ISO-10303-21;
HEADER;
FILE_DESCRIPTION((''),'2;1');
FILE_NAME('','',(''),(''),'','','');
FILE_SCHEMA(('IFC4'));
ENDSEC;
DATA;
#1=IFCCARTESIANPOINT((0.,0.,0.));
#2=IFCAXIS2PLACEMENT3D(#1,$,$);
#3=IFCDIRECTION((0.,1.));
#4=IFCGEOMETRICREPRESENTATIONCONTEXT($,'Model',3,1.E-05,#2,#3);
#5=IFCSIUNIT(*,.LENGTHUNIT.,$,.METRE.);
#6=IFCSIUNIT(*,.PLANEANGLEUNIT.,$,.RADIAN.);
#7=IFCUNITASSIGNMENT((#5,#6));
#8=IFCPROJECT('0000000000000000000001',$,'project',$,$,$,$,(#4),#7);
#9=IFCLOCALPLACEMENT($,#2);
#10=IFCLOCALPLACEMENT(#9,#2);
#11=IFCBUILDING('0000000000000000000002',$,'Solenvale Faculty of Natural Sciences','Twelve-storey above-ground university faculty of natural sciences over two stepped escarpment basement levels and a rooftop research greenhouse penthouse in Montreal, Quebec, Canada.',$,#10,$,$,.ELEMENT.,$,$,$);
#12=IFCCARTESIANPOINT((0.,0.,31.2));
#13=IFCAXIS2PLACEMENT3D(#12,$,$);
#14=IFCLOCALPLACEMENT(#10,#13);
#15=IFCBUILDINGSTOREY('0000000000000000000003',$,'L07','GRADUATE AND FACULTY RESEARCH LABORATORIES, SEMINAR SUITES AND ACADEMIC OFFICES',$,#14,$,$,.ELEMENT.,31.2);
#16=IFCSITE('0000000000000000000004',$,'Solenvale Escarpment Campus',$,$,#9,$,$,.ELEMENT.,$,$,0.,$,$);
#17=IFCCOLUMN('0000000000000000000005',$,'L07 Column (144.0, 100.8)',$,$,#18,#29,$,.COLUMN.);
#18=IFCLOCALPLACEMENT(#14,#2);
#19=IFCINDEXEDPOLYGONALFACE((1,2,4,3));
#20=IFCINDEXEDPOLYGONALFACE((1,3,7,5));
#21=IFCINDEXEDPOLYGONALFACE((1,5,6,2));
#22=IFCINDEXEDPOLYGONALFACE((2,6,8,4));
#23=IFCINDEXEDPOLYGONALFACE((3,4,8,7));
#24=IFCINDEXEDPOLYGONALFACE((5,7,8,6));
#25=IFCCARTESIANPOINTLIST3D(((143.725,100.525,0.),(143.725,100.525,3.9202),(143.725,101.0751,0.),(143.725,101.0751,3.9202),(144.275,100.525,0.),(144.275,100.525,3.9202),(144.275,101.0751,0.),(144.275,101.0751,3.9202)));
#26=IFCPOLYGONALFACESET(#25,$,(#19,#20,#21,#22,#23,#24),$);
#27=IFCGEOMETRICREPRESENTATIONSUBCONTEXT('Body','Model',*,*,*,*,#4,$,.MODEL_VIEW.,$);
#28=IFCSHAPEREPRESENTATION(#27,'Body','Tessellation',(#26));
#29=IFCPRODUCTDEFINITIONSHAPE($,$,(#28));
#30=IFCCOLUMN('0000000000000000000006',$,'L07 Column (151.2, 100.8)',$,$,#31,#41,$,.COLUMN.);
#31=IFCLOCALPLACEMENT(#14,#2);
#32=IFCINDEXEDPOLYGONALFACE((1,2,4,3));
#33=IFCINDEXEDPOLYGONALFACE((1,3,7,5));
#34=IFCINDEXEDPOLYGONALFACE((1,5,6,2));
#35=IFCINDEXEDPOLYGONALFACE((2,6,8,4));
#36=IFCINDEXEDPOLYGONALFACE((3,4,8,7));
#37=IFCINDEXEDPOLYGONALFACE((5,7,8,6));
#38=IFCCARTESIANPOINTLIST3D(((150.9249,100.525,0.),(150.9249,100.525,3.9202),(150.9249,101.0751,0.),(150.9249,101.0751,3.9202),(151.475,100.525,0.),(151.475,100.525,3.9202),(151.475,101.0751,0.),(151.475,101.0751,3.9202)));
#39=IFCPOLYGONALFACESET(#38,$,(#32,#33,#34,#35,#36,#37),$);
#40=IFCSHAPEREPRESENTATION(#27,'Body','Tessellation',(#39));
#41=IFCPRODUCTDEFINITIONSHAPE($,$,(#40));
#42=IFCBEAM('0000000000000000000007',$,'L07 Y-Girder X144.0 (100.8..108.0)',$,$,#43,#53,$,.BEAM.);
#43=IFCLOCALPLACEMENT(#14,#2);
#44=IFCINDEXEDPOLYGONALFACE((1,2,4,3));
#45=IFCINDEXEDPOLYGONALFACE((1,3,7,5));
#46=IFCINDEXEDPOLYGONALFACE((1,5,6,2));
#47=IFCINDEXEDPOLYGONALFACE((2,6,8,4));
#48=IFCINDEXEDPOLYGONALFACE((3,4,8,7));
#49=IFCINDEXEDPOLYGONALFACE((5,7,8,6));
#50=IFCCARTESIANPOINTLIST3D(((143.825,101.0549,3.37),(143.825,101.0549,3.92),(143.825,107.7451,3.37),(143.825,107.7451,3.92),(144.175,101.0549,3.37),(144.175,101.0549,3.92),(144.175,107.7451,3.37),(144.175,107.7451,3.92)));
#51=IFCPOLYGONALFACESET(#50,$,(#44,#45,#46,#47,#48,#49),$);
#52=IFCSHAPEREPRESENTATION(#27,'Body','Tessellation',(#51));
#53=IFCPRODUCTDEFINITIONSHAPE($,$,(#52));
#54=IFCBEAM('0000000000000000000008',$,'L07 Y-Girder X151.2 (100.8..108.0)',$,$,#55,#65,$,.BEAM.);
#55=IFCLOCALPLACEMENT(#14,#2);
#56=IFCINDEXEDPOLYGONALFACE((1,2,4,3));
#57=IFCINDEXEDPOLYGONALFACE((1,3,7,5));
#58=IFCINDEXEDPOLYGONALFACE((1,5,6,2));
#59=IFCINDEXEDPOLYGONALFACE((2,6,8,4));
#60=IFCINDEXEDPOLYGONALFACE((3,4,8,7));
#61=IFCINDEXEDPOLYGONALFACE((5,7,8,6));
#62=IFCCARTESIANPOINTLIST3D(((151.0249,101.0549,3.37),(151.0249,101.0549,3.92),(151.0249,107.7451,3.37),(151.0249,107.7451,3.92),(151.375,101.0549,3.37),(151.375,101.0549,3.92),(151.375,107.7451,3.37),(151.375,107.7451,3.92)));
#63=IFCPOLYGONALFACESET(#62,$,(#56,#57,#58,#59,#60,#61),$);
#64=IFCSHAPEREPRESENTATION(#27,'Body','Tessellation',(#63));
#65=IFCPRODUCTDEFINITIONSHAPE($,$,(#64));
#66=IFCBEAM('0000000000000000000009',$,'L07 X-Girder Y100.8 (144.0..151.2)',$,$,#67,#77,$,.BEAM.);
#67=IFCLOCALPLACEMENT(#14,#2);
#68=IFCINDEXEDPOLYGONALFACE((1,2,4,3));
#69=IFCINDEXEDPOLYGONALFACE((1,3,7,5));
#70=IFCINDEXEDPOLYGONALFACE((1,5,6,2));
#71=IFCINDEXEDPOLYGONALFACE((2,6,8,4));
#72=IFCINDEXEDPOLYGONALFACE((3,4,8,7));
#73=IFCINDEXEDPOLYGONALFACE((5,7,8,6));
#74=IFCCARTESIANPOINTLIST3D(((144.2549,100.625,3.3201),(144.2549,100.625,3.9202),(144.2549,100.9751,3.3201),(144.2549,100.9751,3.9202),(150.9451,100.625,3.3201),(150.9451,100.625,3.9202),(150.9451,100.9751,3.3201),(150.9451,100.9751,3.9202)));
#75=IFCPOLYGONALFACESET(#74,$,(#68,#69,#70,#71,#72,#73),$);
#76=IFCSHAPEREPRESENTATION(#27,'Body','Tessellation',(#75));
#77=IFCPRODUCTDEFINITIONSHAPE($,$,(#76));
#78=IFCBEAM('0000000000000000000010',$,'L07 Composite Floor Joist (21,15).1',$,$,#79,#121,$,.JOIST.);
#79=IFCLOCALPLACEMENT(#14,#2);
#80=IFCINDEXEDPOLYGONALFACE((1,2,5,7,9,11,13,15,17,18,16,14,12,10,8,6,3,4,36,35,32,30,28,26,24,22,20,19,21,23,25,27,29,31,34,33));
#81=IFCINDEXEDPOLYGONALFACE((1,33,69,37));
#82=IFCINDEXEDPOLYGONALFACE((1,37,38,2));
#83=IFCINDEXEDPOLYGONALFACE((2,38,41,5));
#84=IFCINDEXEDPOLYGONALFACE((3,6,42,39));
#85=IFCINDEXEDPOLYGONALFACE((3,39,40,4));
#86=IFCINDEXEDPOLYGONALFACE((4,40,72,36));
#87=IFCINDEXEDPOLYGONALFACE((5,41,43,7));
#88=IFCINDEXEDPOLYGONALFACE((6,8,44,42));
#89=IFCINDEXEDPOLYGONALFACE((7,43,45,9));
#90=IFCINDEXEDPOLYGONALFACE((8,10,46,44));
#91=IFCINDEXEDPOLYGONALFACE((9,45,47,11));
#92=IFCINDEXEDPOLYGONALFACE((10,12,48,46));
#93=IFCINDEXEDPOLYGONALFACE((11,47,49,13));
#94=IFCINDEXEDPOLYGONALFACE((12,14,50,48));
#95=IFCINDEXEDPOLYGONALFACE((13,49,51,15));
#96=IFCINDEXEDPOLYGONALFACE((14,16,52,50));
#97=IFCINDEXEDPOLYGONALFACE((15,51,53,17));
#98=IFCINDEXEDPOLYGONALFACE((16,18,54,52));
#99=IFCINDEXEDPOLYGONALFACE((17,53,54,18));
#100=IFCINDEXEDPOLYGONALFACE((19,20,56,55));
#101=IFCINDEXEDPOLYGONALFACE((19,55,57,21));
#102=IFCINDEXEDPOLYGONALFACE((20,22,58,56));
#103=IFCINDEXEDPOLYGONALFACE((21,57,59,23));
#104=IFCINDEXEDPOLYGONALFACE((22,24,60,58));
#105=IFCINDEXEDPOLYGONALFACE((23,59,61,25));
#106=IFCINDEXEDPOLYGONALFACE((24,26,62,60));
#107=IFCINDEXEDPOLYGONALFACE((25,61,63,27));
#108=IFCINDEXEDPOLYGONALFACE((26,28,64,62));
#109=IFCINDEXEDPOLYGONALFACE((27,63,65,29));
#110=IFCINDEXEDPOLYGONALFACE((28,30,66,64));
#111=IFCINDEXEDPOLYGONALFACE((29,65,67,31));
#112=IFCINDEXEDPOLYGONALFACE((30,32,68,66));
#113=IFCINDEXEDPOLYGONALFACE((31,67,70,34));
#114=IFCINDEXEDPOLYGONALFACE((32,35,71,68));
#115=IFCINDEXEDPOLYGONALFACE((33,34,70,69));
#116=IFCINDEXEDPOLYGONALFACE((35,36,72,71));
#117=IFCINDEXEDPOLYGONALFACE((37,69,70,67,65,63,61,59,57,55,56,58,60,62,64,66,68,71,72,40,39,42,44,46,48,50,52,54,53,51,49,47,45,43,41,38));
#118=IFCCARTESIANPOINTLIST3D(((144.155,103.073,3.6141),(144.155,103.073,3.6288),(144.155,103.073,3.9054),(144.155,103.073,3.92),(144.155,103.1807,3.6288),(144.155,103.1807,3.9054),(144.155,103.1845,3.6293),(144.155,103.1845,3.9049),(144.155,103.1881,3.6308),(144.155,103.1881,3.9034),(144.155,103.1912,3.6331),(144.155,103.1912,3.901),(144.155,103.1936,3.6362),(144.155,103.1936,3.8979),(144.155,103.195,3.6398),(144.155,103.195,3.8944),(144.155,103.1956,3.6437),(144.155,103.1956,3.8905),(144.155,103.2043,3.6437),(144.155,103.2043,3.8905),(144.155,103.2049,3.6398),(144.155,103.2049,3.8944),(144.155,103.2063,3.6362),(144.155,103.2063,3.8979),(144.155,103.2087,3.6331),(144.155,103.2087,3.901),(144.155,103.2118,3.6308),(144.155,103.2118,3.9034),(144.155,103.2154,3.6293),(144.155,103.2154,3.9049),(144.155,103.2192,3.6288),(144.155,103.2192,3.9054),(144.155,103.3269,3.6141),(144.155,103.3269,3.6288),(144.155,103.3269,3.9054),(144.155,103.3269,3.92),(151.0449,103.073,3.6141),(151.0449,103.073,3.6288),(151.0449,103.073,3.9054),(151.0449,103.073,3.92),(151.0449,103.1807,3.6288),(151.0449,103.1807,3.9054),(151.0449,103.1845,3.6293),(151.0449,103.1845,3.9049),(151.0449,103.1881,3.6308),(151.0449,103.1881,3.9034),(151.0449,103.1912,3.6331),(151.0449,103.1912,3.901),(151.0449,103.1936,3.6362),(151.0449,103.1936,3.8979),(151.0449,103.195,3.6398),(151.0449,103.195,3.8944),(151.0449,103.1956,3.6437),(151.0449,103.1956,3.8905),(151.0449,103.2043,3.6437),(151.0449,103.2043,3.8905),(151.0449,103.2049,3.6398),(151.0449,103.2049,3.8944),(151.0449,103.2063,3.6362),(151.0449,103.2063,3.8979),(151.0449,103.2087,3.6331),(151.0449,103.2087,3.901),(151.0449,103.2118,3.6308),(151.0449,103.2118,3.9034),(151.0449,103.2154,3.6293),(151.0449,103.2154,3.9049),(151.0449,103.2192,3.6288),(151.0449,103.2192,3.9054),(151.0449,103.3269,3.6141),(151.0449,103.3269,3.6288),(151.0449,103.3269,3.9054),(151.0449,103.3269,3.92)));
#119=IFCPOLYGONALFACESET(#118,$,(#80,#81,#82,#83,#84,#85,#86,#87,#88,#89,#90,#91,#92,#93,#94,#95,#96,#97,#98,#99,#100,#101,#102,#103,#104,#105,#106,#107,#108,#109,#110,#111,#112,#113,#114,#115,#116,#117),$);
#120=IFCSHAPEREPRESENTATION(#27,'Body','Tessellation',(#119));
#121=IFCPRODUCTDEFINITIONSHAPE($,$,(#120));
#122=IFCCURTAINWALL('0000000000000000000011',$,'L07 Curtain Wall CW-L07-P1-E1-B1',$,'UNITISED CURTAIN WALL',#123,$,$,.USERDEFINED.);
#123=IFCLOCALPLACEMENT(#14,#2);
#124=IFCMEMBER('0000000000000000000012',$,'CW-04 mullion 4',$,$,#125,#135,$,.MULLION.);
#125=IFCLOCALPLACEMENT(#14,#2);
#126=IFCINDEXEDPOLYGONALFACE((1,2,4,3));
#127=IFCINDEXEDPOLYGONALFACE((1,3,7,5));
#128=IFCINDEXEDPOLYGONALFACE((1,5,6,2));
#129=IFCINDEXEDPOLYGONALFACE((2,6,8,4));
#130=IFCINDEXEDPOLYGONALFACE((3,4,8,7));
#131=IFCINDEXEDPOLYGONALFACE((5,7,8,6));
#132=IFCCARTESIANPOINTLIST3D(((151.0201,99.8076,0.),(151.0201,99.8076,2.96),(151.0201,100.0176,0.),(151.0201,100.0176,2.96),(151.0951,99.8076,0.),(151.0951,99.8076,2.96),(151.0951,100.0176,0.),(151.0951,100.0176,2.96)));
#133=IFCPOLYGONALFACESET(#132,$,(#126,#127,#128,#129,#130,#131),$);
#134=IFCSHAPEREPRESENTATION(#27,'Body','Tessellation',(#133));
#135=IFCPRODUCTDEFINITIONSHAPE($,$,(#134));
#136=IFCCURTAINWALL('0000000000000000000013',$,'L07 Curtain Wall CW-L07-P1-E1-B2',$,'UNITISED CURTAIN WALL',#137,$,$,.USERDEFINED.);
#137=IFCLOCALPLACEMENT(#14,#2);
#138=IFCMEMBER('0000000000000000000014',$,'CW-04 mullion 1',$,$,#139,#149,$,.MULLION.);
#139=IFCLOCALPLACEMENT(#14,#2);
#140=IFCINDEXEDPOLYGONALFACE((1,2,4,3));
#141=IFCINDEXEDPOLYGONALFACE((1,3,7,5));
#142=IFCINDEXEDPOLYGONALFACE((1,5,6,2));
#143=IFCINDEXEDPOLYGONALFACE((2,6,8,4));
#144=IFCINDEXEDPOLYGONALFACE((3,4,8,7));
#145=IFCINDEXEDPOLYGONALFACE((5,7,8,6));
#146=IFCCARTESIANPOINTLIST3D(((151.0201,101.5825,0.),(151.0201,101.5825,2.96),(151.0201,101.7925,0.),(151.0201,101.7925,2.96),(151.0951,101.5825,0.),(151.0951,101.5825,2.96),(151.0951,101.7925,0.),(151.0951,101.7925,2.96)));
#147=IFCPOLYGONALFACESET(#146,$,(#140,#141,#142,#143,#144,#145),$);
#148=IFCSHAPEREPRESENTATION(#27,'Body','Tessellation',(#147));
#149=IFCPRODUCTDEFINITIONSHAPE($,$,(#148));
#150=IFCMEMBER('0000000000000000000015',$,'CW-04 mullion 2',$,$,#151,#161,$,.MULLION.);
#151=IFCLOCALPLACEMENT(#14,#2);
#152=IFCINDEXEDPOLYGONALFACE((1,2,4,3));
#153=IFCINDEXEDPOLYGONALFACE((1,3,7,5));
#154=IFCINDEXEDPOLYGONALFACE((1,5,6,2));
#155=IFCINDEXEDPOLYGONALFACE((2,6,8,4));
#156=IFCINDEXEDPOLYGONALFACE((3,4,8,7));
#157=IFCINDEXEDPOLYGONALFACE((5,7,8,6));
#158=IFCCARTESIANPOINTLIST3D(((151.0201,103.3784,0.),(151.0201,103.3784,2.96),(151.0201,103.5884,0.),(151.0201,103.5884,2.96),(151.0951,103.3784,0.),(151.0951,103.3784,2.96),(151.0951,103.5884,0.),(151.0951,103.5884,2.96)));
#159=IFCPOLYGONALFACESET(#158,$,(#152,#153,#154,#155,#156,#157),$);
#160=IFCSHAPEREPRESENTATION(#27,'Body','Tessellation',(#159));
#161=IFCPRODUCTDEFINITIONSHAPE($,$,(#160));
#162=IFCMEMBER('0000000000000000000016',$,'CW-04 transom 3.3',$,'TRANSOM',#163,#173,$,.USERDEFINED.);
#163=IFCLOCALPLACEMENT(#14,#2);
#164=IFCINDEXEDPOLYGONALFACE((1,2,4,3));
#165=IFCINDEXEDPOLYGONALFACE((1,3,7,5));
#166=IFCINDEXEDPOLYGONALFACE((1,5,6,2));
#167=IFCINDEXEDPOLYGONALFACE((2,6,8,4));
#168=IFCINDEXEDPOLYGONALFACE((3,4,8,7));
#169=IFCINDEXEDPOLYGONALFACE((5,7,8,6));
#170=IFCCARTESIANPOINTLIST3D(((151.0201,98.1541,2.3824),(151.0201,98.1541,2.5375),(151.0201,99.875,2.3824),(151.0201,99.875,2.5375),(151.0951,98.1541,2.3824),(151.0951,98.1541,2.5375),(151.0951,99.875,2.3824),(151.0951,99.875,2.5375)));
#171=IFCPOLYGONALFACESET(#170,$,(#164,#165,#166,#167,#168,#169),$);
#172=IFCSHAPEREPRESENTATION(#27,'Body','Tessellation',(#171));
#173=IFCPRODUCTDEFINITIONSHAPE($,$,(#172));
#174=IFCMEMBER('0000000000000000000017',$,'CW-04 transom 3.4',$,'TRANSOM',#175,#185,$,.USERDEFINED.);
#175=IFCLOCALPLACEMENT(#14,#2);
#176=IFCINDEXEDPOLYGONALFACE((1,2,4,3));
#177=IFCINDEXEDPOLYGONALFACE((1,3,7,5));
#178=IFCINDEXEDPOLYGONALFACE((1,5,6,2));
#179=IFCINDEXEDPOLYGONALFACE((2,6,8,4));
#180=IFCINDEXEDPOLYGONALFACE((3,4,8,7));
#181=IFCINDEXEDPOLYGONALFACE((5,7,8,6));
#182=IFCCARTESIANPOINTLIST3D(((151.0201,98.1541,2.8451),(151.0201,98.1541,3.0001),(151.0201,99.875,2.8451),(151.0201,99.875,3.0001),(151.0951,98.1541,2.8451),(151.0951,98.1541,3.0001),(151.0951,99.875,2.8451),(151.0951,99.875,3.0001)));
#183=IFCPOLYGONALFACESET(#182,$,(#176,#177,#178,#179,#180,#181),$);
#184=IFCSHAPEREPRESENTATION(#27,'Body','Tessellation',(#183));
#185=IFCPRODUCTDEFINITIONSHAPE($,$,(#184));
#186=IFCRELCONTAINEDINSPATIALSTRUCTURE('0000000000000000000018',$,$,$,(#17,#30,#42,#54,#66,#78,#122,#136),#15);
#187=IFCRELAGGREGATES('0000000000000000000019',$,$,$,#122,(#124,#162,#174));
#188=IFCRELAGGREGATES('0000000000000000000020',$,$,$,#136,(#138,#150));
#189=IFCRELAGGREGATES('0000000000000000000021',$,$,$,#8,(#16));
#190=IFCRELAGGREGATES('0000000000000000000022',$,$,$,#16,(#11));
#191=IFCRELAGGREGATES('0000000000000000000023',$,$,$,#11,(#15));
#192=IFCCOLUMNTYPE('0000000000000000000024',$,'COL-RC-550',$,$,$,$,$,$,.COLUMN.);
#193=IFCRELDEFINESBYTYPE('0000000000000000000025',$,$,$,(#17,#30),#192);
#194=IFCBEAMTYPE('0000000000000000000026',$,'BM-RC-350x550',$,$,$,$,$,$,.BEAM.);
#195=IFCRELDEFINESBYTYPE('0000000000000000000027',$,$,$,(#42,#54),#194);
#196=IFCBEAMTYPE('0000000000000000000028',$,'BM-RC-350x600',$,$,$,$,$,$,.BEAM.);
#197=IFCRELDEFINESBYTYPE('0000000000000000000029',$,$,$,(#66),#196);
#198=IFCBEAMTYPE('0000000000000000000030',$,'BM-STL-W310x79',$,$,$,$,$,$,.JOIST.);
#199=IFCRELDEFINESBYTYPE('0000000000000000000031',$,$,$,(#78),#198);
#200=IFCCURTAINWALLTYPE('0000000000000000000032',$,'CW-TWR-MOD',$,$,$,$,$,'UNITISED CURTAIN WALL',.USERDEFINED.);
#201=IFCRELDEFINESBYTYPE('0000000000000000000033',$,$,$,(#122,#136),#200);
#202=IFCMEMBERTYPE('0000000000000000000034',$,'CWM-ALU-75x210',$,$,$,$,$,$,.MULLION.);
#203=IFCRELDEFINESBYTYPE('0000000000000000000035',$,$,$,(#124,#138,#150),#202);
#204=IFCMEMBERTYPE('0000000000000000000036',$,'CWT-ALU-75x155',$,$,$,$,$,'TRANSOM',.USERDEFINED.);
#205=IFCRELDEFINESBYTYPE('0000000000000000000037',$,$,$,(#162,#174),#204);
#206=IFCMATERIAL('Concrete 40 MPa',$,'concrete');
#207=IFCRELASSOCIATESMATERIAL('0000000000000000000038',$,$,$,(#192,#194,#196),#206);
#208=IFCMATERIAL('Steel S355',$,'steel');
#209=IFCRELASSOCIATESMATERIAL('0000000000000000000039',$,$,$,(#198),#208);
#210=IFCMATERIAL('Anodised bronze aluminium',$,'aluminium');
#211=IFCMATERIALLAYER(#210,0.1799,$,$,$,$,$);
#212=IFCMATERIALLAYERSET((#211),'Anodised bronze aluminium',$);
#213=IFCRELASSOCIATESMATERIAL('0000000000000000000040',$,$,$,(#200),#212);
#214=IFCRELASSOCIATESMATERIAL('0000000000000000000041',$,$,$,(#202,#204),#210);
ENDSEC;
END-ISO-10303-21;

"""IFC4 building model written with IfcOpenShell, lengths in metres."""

from ifc_helpers import new_model, si_unit, direction, frame, origin, origin_2d, place, context, subcontext, project, spatial, rectangle, i_section, extrude, material, layer, layer_set, material_profile, profile_set, type_object, element, aggregate, save


model = new_model("IFC4")

# Units and contexts
model_context = context("Model", 3, precision=1e-05, world=origin(), true_north=direction((0.0, 1.0)))
body_context = subcontext(model_context, "Body", "Model", "MODEL_VIEW")
ifc_project = project(units=[si_unit("LENGTHUNIT", "METRE"), si_unit("PLANEANGLEUNIT", "RADIAN")], contexts=[model_context])

# Site, building, storey
site_placement = place(None, origin())
site = spatial("IfcSite", under=ifc_project, at=site_placement, Name="Solenvale Escarpment Campus", CompositionType="ELEMENT", RefElevation=0.0)
building_placement = place(site_placement, origin())
building = spatial("IfcBuilding", under=site, at=building_placement, Name="Solenvale Faculty of Natural Sciences", Description="Twelve-storey above-ground university faculty of natural sciences over two stepped escarpment basement levels and a rooftop research greenhouse penthouse in Montreal, Quebec, Canada.", CompositionType="ELEMENT")
storey_placement = place(building_placement, frame((0.0, 0.0, 31.2)))
storey = spatial("IfcBuildingStorey", under=building, at=storey_placement, Name="L07", Description="GRADUATE AND FACULTY RESEARCH LABORATORIES, SEMINAR SUITES AND ACADEMIC OFFICES", CompositionType="ELEMENT", Elevation=31.2)

# Columns
ifc_material_1 = material(Name="Concrete 40 MPa", Category="concrete")
ifc_material_profile_1 = material_profile(ifc_material_1, rectangle(XDim=0.55, YDim=0.55, at=origin_2d()), Name="RC-COL-550x550")
ifc_profile_set_1 = profile_set([ifc_material_profile_1], Name="Concrete 40 MPa")
column_type = type_object("IfcColumnType", Name="COL-RC-550", PredefinedType="COLUMN", material=ifc_profile_set_1)
for number, where, z_axis, x_axis, name in (
    (1, (144.0, 100.8, 0.0), (0.0, 0.0, 1.0), (1.0, 0.0, 0.0), "L07 Column (144.0, 100.8)"),
    (2, (151.2, 100.8, 0.0), (0.0, 0.0, 1.0), (1.0, 0.0, 0.0), "L07 Column (151.2, 100.8)"),
):
    element("IfcColumn", number, at=place(storey_placement, frame(where, z_axis=z_axis, x_axis=x_axis)), inside=storey, type_object=column_type, Name=name, PredefinedType="COLUMN", context=body_context, shape_type="SweptSolid", body=[
        extrude(rectangle(XDim=0.55, YDim=0.55, at=origin_2d()), origin(), (0.0, 0.0, 1.0), 3.9202),
    ])

# Beams
ifc_material_profile_2 = material_profile(ifc_material_1, rectangle(XDim=0.3501, YDim=0.55, at=origin_2d()), Name="RC-BM-350x550")
ifc_profile_set_2 = profile_set([ifc_material_profile_2], Name="Concrete 40 MPa")
beam_type_1 = type_object("IfcBeamType", Name="BM-RC-350x550", PredefinedType="BEAM", material=ifc_profile_set_2)
for number, where, z_axis, x_axis, name in (
    (3, (144.0, 101.0549, 3.645), (0.0, 1.0, 0.0), (-1.0, 0.0, 0.0), "L07 Y-Girder X144.0 (100.8..108.0)"),
    (4, (151.2, 101.0549, 3.645), (0.0, 1.0, 0.0), (-1.0, 0.0, 0.0), "L07 Y-Girder X151.2 (100.8..108.0)"),
):
    element("IfcBeam", number, at=place(storey_placement, frame(where, z_axis=z_axis, x_axis=x_axis)), inside=storey, type_object=beam_type_1, Name=name, PredefinedType="BEAM", context=body_context, shape_type="SweptSolid", body=[
        extrude(rectangle(XDim=0.3501, YDim=0.55, at=origin_2d()), origin(), (0.0, 0.0, 1.0), 6.6902),
    ])
ifc_material_profile_3 = material_profile(ifc_material_1, rectangle(XDim=0.3501, YDim=0.6001, at=origin_2d()), Name="RC-BM-350x600")
ifc_profile_set_3 = profile_set([ifc_material_profile_3], Name="Concrete 40 MPa")
beam_type_2 = type_object("IfcBeamType", Name="BM-RC-350x600", PredefinedType="BEAM", material=ifc_profile_set_3)
beam_1_placement = place(storey_placement, frame((144.2549, 100.8, 3.6201), z_axis=(1.0, 0.0, 0.0), x_axis=(0.0, 1.0, 0.0)))
element("IfcBeam", 5, at=beam_1_placement, inside=storey, type_object=beam_type_2, Name="L07 X-Girder Y100.8 (144.0..151.2)", PredefinedType="BEAM", context=body_context, shape_type="SweptSolid", body=[
    extrude(rectangle(XDim=0.3501, YDim=0.6001, at=origin_2d()), origin(), (0.0, 0.0, 1.0), 6.6902),
])
ifc_material_2 = material(Name="Steel S355", Category="steel")
ifc_material_profile_4 = material_profile(ifc_material_2, i_section(OverallWidth=0.2539, OverallDepth=0.3059, WebThickness=0.0088, FlangeThickness=0.0146, FilletRadius=0.0149, at=origin_2d()), Name="W310x79")
ifc_profile_set_4 = profile_set([ifc_material_profile_4], Name="Steel S355")
beam_type_3 = type_object("IfcBeamType", Name="BM-STL-W310x79", PredefinedType="JOIST", material=ifc_profile_set_4)
beam_2_placement = place(storey_placement, frame((144.155, 103.2, 3.7671), z_axis=(1.0, 0.0, 0.0), x_axis=(0.0, 1.0, 0.0)))
element("IfcBeam", 6, at=beam_2_placement, inside=storey, type_object=beam_type_3, Name="L07 Composite Floor Joist (21,15).1", PredefinedType="JOIST", context=body_context, shape_type="SweptSolid", body=[
    extrude(i_section(OverallWidth=0.2539, OverallDepth=0.3059, WebThickness=0.0088, FlangeThickness=0.0146, FilletRadius=0.0149, at=origin_2d()), origin(), (0.0, 0.0, 1.0), 6.8899),
])

# Curtain wall, member
ifc_material_3 = material(Name="Anodised bronze aluminium", Category="aluminium")
ifc_layer_1 = layer(ifc_material_3, 0.1799)
ifc_layer_set_1 = layer_set([ifc_layer_1], Name="Anodised bronze aluminium")
curtain_wall_type = type_object("IfcCurtainWallType", Name="CW-TWR-MOD", ElementType="UNITISED CURTAIN WALL", PredefinedType="USERDEFINED", material=ifc_layer_set_1)
curtain_wall_1_placement = place(storey_placement, origin())
curtain_wall_1 = element("IfcCurtainWall", 7, at=curtain_wall_1_placement, inside=storey, type_object=curtain_wall_type, Name="L07 Curtain Wall CW-L07-P1-E1-B1", ObjectType="UNITISED CURTAIN WALL", PredefinedType="USERDEFINED")
ifc_material_profile_5 = material_profile(ifc_material_3, rectangle(XDim=0.075, YDim=0.21, at=origin_2d()), Name="ALU-MUL-75x210")
ifc_profile_set_5 = profile_set([ifc_material_profile_5], Name="Anodised bronze aluminium")
member_type_1 = type_object("IfcMemberType", Name="CWM-ALU-75x210", PredefinedType="MULLION", material=ifc_profile_set_5)
member_1_placement = place(storey_placement, frame((151.0576, 99.9126, 0.0), z_axis=(0.0, 0.0, 1.0), x_axis=(-1.0, 0.0, 0.0)))
member_1 = element("IfcMember", 8, at=member_1_placement, type_object=member_type_1, Name="CW-04 mullion 4", PredefinedType="MULLION", context=body_context, shape_type="SweptSolid", body=[
    extrude(rectangle(XDim=0.075, YDim=0.21, at=origin_2d()), origin(), (0.0, 0.0, 1.0), 2.96),
])

# Curtain wall, members
curtain_wall_2_placement = place(storey_placement, origin())
curtain_wall_2 = element("IfcCurtainWall", 9, at=curtain_wall_2_placement, inside=storey, type_object=curtain_wall_type, Name="L07 Curtain Wall CW-L07-P1-E1-B2", ObjectType="UNITISED CURTAIN WALL", PredefinedType="USERDEFINED")
member_2_placement = place(storey_placement, frame((151.0576, 101.6875, 0.0), z_axis=(0.0, 0.0, 1.0), x_axis=(-1.0, 0.0, 0.0)))
member_2 = element("IfcMember", 10, at=member_2_placement, type_object=member_type_1, Name="CW-04 mullion 1", PredefinedType="MULLION", context=body_context, shape_type="SweptSolid", body=[
    extrude(rectangle(XDim=0.075, YDim=0.21, at=origin_2d()), origin(), (0.0, 0.0, 1.0), 2.96),
])
member_3_placement = place(storey_placement, frame((151.0576, 103.4834, 0.0), z_axis=(0.0, 0.0, 1.0), x_axis=(-1.0, 0.0, 0.0)))
member_3 = element("IfcMember", 11, at=member_3_placement, type_object=member_type_1, Name="CW-04 mullion 2", PredefinedType="MULLION", context=body_context, shape_type="SweptSolid", body=[
    extrude(rectangle(XDim=0.075, YDim=0.21, at=origin_2d()), origin(), (0.0, 0.0, 1.0), 2.96),
])

# Members
ifc_material_profile_6 = material_profile(ifc_material_3, rectangle(XDim=0.075, YDim=0.155, at=origin_2d()), Name="ALU-TRN-75x155")
ifc_profile_set_6 = profile_set([ifc_material_profile_6], Name="Anodised bronze aluminium")
member_type_2 = type_object("IfcMemberType", Name="CWT-ALU-75x155", ElementType="TRANSOM", PredefinedType="USERDEFINED", material=ifc_profile_set_6)
member_4_placement = place(storey_placement, frame((151.0576, 98.1541, 2.46), z_axis=(0.0, 1.0, 0.0), x_axis=(-1.0, 0.0, 0.0)))
member_4 = element("IfcMember", 12, at=member_4_placement, type_object=member_type_2, Name="CW-04 transom 3.3", ObjectType="TRANSOM", PredefinedType="USERDEFINED", context=body_context, shape_type="SweptSolid", body=[
    extrude(rectangle(XDim=0.075, YDim=0.155, at=origin_2d()), origin(), (0.0, 0.0, 1.0), 1.7209),
])
member_5_placement = place(storey_placement, frame((151.0576, 98.1541, 2.9226), z_axis=(0.0, 1.0, 0.0), x_axis=(-1.0, 0.0, 0.0)))
member_5 = element("IfcMember", 13, at=member_5_placement, type_object=member_type_2, Name="CW-04 transom 3.4", ObjectType="TRANSOM", PredefinedType="USERDEFINED", context=body_context, shape_type="SweptSolid", body=[
    extrude(rectangle(XDim=0.075, YDim=0.155, at=origin_2d()), origin(), (0.0, 0.0, 1.0), 1.7209),
])

aggregate(curtain_wall_1, [member_1, member_4, member_5])
aggregate(curtain_wall_2, [member_2, member_3])

save(model, "model.ifc")
